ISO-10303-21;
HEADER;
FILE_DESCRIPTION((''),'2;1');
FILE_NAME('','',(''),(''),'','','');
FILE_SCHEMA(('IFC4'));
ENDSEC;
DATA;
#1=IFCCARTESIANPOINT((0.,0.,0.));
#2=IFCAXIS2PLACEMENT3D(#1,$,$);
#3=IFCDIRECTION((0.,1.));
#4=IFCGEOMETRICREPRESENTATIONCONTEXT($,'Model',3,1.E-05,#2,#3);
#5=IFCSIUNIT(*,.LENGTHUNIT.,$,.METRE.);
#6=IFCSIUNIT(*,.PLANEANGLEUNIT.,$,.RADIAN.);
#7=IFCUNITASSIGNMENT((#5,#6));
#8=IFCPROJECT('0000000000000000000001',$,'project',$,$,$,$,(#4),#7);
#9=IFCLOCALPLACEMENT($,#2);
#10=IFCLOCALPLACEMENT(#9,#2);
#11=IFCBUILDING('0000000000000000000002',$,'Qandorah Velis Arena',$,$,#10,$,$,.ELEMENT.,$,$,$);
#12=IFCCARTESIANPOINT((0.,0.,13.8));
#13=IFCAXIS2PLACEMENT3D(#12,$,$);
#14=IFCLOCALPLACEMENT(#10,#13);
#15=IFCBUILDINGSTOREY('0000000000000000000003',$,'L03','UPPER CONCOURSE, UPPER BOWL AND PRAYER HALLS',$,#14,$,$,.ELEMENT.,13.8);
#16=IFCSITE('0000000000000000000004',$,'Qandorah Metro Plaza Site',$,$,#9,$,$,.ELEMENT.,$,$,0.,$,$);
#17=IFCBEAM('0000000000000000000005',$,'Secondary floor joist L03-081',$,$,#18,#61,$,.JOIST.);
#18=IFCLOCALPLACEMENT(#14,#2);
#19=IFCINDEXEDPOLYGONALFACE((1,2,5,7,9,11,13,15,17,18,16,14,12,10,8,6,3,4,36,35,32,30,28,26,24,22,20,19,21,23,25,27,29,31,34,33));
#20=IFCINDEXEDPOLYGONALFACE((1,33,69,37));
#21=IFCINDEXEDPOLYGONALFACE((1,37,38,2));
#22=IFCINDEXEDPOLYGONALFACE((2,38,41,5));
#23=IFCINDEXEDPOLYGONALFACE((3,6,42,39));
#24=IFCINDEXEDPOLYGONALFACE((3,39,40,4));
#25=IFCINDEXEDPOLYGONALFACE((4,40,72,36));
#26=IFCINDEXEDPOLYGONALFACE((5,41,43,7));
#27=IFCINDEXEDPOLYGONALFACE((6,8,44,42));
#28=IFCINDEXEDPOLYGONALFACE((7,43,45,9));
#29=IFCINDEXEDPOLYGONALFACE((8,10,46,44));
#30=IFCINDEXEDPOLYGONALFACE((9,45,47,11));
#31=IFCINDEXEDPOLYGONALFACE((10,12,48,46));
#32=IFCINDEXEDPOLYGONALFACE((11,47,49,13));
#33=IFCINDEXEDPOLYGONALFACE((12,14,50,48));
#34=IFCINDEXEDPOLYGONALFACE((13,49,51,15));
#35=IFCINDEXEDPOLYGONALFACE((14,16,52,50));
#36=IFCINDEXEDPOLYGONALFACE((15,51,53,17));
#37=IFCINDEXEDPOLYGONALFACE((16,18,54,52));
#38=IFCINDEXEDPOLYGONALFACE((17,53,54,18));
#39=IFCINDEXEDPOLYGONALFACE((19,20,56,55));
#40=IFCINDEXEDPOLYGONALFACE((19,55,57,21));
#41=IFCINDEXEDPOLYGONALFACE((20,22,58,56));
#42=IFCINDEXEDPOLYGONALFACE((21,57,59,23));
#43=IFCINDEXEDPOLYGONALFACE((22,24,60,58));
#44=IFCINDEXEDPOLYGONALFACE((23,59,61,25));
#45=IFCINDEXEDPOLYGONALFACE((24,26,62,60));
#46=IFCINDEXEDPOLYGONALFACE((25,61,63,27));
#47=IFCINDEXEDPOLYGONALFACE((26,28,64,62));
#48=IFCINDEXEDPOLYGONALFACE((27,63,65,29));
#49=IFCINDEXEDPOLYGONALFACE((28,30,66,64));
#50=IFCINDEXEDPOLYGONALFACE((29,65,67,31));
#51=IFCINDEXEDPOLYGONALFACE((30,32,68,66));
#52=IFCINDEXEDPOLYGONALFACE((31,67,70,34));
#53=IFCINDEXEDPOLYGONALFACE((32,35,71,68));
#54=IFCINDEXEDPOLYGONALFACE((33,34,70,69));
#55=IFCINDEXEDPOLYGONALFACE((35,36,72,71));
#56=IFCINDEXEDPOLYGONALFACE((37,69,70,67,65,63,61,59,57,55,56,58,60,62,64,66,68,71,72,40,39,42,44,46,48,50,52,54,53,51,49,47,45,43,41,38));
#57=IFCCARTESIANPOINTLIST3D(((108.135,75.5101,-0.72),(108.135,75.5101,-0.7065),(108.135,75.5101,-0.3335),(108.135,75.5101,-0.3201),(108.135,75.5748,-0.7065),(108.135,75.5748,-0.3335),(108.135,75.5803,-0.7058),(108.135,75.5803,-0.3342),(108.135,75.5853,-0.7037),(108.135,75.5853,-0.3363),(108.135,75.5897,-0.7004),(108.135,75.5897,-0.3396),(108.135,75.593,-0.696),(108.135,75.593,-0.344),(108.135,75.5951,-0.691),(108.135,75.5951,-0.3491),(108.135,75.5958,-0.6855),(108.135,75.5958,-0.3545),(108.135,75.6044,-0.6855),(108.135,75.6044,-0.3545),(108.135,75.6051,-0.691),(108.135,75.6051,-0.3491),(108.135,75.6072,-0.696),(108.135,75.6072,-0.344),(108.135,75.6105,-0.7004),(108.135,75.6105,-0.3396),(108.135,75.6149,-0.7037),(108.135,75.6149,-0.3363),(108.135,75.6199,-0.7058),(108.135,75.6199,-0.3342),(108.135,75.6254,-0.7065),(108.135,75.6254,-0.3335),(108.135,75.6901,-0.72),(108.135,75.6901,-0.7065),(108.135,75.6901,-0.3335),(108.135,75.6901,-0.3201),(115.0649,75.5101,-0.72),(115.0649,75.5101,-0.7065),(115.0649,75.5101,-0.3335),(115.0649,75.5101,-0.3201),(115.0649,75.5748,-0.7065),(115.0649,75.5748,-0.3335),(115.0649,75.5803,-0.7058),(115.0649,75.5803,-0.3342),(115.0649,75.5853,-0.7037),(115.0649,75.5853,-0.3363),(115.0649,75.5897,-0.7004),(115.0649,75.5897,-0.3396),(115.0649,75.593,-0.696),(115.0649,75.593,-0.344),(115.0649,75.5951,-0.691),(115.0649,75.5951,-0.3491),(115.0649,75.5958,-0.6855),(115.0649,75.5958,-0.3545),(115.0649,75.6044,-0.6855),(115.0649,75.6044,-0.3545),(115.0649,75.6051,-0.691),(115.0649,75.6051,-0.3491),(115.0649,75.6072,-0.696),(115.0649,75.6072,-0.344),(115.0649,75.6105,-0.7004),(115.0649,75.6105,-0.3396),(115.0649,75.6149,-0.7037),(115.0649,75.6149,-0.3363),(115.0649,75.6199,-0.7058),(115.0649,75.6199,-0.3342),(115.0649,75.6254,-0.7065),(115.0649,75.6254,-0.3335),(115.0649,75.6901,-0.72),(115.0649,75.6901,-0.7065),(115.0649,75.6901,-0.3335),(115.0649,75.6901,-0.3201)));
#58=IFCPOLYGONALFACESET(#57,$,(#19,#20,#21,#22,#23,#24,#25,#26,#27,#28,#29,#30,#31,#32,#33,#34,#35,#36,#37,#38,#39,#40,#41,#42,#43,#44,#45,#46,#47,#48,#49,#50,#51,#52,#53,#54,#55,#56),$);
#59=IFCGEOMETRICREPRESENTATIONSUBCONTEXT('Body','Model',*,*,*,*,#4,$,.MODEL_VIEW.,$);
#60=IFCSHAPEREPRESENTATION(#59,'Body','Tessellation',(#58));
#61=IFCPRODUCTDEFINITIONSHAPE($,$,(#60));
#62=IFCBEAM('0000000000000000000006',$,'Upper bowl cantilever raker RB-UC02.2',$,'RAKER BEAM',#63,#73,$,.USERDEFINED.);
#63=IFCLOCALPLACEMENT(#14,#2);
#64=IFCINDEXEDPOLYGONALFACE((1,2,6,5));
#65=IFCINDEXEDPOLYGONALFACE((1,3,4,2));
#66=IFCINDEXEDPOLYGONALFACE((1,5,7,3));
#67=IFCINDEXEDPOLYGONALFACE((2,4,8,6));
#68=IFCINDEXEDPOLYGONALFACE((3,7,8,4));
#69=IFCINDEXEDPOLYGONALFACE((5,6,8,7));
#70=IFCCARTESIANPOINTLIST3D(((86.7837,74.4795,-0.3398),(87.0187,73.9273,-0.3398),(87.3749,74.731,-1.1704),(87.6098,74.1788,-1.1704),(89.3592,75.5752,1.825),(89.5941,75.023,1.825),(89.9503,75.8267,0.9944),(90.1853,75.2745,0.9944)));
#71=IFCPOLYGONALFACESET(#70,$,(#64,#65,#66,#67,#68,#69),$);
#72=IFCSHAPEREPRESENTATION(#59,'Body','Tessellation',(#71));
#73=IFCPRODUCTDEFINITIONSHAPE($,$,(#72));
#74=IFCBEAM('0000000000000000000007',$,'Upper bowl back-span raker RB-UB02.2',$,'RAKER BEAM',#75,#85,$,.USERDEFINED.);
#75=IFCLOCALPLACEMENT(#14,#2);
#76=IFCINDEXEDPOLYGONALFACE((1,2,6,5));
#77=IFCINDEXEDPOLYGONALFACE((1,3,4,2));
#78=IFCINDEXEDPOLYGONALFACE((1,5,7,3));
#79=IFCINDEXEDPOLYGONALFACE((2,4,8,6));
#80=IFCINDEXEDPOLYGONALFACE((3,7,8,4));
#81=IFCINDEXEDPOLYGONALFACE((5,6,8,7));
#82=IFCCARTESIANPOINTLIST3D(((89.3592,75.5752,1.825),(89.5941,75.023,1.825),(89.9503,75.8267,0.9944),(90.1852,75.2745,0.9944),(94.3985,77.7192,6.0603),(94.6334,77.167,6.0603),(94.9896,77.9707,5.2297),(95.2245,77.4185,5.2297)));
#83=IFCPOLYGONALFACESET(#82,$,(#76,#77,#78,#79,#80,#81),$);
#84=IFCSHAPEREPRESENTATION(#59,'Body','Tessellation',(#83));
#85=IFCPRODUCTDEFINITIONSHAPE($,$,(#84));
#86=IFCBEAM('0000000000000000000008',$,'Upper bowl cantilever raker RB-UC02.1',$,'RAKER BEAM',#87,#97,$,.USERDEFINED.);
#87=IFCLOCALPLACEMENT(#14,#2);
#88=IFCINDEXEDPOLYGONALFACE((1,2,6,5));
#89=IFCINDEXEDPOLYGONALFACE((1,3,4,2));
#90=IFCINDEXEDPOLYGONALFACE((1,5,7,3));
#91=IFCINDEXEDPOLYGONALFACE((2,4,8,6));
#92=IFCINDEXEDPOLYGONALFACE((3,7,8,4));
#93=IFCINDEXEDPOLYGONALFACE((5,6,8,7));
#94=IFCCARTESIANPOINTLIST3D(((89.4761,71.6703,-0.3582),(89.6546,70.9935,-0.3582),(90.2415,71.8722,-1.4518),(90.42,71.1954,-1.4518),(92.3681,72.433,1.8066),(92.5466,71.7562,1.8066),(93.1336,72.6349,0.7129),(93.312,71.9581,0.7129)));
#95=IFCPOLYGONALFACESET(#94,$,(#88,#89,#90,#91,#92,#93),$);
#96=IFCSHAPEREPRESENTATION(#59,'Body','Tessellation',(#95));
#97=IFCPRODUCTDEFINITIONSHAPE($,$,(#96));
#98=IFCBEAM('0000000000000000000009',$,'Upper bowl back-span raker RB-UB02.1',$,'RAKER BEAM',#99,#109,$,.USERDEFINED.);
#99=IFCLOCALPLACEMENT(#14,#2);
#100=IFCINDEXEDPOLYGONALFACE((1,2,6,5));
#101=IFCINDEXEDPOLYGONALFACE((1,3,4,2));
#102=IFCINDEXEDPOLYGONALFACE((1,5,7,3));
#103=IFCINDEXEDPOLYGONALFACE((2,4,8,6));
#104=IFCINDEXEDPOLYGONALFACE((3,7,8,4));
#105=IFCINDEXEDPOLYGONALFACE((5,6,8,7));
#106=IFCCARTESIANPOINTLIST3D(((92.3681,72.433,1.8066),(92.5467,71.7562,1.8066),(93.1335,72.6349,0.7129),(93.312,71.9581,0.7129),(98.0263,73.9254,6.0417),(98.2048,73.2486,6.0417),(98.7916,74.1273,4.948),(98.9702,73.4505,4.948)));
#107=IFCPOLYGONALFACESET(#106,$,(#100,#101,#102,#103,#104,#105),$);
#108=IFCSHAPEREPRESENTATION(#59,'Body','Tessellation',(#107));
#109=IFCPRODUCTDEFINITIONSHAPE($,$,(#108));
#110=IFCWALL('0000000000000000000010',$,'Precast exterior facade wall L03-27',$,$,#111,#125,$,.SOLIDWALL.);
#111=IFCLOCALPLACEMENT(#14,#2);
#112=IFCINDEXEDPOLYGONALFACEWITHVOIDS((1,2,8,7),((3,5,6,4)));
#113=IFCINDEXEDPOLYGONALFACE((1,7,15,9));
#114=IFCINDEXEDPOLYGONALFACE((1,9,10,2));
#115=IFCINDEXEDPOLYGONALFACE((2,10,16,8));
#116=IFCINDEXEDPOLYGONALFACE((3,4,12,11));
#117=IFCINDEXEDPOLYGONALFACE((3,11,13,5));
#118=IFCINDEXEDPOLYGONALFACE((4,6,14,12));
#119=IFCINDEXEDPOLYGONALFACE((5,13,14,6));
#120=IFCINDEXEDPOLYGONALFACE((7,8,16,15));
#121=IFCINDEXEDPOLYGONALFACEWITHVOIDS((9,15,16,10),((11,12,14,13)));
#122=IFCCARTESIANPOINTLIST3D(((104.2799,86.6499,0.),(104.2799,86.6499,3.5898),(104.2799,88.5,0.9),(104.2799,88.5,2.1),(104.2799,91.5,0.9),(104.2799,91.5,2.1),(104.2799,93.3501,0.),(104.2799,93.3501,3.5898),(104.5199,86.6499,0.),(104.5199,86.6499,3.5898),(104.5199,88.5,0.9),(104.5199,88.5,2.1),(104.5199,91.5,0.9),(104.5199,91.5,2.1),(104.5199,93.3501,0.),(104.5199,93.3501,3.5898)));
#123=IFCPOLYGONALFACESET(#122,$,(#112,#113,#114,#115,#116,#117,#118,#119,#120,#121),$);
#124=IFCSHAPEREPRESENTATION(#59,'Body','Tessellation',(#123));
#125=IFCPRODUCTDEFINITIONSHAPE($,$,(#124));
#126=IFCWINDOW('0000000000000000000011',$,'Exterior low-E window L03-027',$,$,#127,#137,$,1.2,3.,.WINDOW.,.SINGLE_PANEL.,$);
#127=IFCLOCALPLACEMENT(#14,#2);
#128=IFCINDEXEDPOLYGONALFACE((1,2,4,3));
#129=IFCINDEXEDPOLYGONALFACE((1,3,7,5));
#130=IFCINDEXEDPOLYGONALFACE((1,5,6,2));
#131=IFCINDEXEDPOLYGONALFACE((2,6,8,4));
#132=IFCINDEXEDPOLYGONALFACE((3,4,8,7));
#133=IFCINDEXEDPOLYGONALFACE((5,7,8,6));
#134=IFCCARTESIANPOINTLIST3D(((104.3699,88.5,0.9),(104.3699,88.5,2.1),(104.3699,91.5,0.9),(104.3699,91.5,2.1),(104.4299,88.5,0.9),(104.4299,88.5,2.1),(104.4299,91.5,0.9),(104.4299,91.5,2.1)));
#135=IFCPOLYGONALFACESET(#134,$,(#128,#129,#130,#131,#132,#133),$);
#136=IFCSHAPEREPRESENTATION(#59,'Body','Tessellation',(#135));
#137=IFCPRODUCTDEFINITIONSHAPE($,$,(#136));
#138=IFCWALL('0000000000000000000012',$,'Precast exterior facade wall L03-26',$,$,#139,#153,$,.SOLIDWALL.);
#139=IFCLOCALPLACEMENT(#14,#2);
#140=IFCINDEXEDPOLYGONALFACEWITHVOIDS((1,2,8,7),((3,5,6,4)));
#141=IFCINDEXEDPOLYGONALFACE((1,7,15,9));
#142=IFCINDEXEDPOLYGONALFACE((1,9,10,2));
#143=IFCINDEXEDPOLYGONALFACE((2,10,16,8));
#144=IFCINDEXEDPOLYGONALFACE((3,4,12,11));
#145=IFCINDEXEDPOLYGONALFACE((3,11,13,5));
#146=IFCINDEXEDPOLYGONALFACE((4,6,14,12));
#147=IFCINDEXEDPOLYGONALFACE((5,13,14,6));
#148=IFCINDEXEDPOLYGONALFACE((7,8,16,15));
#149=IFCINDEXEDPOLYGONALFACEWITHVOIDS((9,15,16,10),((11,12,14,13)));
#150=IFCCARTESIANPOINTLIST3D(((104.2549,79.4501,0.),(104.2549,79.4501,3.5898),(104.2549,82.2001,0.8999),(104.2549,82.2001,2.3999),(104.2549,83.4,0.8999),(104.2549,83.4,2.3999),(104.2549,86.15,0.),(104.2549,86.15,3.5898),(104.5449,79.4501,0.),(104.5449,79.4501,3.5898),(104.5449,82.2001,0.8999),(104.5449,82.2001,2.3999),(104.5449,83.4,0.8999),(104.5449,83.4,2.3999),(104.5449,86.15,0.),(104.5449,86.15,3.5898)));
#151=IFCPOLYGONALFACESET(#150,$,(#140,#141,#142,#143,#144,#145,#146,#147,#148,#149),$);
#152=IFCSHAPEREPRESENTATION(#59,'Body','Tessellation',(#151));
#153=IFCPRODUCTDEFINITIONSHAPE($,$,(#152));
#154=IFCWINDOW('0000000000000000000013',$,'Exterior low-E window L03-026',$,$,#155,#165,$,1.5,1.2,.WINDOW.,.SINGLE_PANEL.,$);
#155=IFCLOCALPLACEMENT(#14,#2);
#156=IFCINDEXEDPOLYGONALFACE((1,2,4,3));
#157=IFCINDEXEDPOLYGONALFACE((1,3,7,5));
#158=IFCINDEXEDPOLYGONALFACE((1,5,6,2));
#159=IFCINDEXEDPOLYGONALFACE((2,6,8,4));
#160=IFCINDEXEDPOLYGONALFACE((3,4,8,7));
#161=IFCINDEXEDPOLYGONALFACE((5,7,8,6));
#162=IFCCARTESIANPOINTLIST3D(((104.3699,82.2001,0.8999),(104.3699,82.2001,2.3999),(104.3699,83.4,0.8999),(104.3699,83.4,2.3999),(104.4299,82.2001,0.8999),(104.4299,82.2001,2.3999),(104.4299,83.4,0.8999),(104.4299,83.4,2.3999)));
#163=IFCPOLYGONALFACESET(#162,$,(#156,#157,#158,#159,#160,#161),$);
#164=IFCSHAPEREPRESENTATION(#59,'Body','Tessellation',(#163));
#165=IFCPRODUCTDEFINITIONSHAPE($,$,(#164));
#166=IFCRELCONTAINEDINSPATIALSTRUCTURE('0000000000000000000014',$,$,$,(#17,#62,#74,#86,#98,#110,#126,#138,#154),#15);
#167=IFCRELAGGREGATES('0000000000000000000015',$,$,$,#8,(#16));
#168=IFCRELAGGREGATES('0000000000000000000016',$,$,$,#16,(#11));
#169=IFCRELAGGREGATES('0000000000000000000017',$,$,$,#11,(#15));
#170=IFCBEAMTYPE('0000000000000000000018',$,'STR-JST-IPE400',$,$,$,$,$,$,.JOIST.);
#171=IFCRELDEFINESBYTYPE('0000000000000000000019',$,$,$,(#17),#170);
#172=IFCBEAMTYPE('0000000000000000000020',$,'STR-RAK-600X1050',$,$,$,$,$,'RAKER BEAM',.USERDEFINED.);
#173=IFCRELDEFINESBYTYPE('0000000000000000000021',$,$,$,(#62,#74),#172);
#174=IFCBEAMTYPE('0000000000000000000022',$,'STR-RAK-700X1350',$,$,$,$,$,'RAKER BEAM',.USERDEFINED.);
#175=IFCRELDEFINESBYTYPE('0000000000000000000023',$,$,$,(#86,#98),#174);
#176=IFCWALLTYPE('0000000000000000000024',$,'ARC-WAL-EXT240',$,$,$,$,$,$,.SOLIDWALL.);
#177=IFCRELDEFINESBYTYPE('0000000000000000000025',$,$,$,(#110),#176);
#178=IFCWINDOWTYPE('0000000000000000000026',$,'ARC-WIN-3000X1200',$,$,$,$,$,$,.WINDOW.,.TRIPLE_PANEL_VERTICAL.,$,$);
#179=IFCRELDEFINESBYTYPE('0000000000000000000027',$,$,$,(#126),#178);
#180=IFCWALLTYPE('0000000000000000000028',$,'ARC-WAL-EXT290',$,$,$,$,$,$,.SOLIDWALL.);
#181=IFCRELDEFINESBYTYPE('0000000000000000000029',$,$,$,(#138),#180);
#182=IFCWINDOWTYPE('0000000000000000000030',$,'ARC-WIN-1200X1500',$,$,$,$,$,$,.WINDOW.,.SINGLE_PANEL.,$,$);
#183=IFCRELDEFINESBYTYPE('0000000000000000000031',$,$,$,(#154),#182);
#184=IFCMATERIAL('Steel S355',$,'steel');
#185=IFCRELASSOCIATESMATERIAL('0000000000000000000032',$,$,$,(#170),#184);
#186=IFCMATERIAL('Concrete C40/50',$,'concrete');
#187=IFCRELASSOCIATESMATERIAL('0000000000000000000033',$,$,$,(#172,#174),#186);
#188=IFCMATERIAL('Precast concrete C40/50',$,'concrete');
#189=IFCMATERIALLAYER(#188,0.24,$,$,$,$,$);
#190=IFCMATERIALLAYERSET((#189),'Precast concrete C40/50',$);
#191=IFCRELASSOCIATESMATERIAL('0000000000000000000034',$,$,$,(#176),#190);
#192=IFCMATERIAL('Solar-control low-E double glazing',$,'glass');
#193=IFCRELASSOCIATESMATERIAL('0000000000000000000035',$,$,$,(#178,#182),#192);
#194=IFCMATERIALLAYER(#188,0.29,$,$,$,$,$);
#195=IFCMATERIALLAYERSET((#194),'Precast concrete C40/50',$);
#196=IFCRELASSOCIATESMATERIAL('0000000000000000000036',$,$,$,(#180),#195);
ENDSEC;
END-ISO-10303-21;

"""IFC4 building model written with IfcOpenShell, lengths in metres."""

from ifc_helpers import new_model, si_unit, direction, frame, frame_2d, origin, origin_2d, place, context, subcontext, project, spatial, rectangle, i_section, extrude, material, layer, layer_set, material_profile, profile_set, type_object, element, fill, save


model = new_model("IFC4")

# Units and contexts
model_context = context("Model", 3, precision=1e-05, world=origin(), true_north=direction((0.0, 1.0)))
body_context = subcontext(model_context, "Body", "Model", "MODEL_VIEW")
ifc_project = project(units=[si_unit("LENGTHUNIT", "METRE"), si_unit("PLANEANGLEUNIT", "RADIAN")], contexts=[model_context])

# Site, building, storey
site_placement = place(None, origin())
site = spatial("IfcSite", under=ifc_project, at=site_placement, Name="Qandorah Metro Plaza Site", CompositionType="ELEMENT", RefElevation=0.0)
building_placement = place(site_placement, origin())
building = spatial("IfcBuilding", under=site, at=building_placement, Name="Qandorah Velis Arena", CompositionType="ELEMENT")
storey_placement = place(building_placement, frame((0.0, 0.0, 13.8)))
storey = spatial("IfcBuildingStorey", under=building, at=storey_placement, Name="L03", Description="UPPER CONCOURSE, UPPER BOWL AND PRAYER HALLS", CompositionType="ELEMENT", Elevation=13.8)

# Shared definitions
ifc_material_1 = material(Name="Concrete C40/50", Category="concrete")

# Beams
ifc_material_2 = material(Name="Steel S355", Category="steel")
ifc_material_profile_1 = material_profile(ifc_material_2, i_section(OverallWidth=0.1799, OverallDepth=0.3999, WebThickness=0.0085, FlangeThickness=0.0134, FilletRadius=0.021, at=origin_2d()), Name="IPE 400")
ifc_profile_set_1 = profile_set([ifc_material_profile_1], Name="Steel S355")
beam_type_1 = type_object("IfcBeamType", Name="STR-JST-IPE400", PredefinedType="JOIST", material=ifc_profile_set_1)
beam_1_placement = place(storey_placement, frame((108.135, 75.6001, -0.52), z_axis=(1.0, 0.0, 0.0), x_axis=(0.0, 1.0, 0.0)))
element("IfcBeam", 1, at=beam_1_placement, inside=storey, type_object=beam_type_1, Name="Secondary floor joist L03-081", PredefinedType="JOIST", context=body_context, shape_type="SweptSolid", body=[
    extrude(i_section(OverallWidth=0.1799, OverallDepth=0.3999, WebThickness=0.0085, FlangeThickness=0.0134, FilletRadius=0.021, at=origin_2d()), origin(), (0.0, 0.0, 1.0), 6.9299),
])
ifc_material_profile_2 = material_profile(ifc_material_1, rectangle(XDim=0.6001, YDim=1.05, at=origin_2d()), Name="RC RAKER 600x1050")
ifc_profile_set_2 = profile_set([ifc_material_profile_2], Name="Concrete C40/50")
beam_type_2 = type_object("IfcBeamType", Name="STR-RAK-600X1050", ElementType="RAKER BEAM", PredefinedType="USERDEFINED", material=ifc_profile_set_2)
beam_2_placement = place(storey_placement, frame((89.7722, 75.4248, 1.4097), z_axis=(-0.727868, -0.309667, -0.611812), x_axis=(0.391486, -0.920184, 0.0)))
element("IfcBeam", 2, at=beam_2_placement, inside=storey, type_object=beam_type_2, Name="Upper bowl cantilever raker RB-UC02.2", ObjectType="RAKER BEAM", PredefinedType="USERDEFINED", context=body_context, shape_type="SweptSolid", body=[
    extrude(rectangle(XDim=0.6001, YDim=1.05, at=origin_2d()), origin(), (0.0, 0.0, 1.0), 3.5383),
])
beam_3_placement = place(storey_placement, frame((89.7722, 75.4248, 1.4097), z_axis=(0.727894, 0.309693, 0.611768), x_axis=(-0.391502, 0.920177, 0.0)))
element("IfcBeam", 3, at=beam_3_placement, inside=storey, type_object=beam_type_2, Name="Upper bowl back-span raker RB-UB02.2", ObjectType="RAKER BEAM", PredefinedType="USERDEFINED", context=body_context, shape_type="SweptSolid", body=[
    extrude(rectangle(XDim=0.6001, YDim=1.05, at=origin_2d()), origin(), (0.0, 0.0, 1.0), 6.9231),
])
ifc_material_profile_3 = material_profile(ifc_material_1, rectangle(XDim=0.7, YDim=1.3501, at=origin_2d()), Name="RC RAKER 700x1350")
ifc_profile_set_3 = profile_set([ifc_material_profile_3], Name="Concrete C40/50")
beam_type_3 = type_object("IfcBeamType", Name="STR-RAK-700X1350", ElementType="RAKER BEAM", PredefinedType="USERDEFINED", material=ifc_profile_set_3)
beam_4_placement = place(storey_placement, frame((92.8401, 72.1956, 1.2598), z_axis=(-0.783301, -0.20657, -0.586318), x_axis=(0.255, -0.966941, 0.0)))
element("IfcBeam", 4, at=beam_4_placement, inside=storey, type_object=beam_type_3, Name="Upper bowl cantilever raker RB-UC02.1", ObjectType="RAKER BEAM", PredefinedType="USERDEFINED", context=body_context, shape_type="SweptSolid", body=[
    extrude(rectangle(XDim=0.7, YDim=1.3501, at=origin_2d()), origin(), (0.0, 0.0, 1.0), 3.6921),
])
beam_5_placement = place(storey_placement, frame((92.8401, 72.1956, 1.2598), z_axis=(0.783306, 0.206608, 0.586297), x_axis=(-0.255042, 0.96693, 0.0)))
element("IfcBeam", 5, at=beam_5_placement, inside=storey, type_object=beam_type_3, Name="Upper bowl back-span raker RB-UB02.1", ObjectType="RAKER BEAM", PredefinedType="USERDEFINED", context=body_context, shape_type="SweptSolid", body=[
    extrude(rectangle(XDim=0.7, YDim=1.3501, at=origin_2d()), origin(), (0.0, 0.0, 1.0), 7.2234),
])

# Walls, openings, windows
ifc_material_3 = material(Name="Precast concrete C40/50", Category="concrete")
ifc_layer_1 = layer(ifc_material_3, 0.24)
ifc_layer_set_1 = layer_set([ifc_layer_1], Name="Precast concrete C40/50")
wall_type_1 = type_object("IfcWallType", Name="ARC-WAL-EXT240", PredefinedType="SOLIDWALL", material=ifc_layer_set_1)
wall_1_placement = place(storey_placement, frame((104.3999, 86.6499, 0.0), z_axis=(0.0, 0.0, 1.0), x_axis=(0.0, 1.0, 0.0)))
wall_1 = element("IfcWall", 6, at=wall_1_placement, inside=storey, type_object=wall_type_1, Name="Precast exterior facade wall L03-27", PredefinedType="SOLIDWALL", context=body_context, shape_type="SweptSolid", body=[
    extrude(rectangle(XDim=6.7002, YDim=0.24, at=frame_2d((3.3501, 0.0))), origin(), (0.0, 0.0, 1.0), 3.5898),
])
opening_1_placement = place(wall_1_placement, frame((1.8501, 0.0, 0.8999)))
opening_1 = element("IfcOpeningElement", 7, at=opening_1_placement, cuts=wall_1, PredefinedType="OPENING", context=body_context, shape_type="SweptSolid", body=[
    extrude(rectangle(XDim=3.0, YDim=1.2, at=frame_2d((1.5, 0.6001))), frame((0.0, 0.1299, 0.0), z_axis=(0.0, -1.0, 0.0), x_axis=(1.0, 0.0, 0.0)), (0.0, 0.0, 1.0), 0.26),
])
ifc_material_4 = material(Name="Solar-control low-E double glazing", Category="glass")
window_type_1 = type_object("IfcWindowType", Name="ARC-WIN-3000X1200", PartitioningType="TRIPLE_PANEL_VERTICAL", PredefinedType="WINDOW", material=ifc_material_4)
window_1_placement = place(opening_1_placement, origin())
window_1 = element("IfcWindow", 8, at=window_1_placement, inside=storey, type_object=window_type_1, Name="Exterior low-E window L03-027", OverallHeight=1.2, OverallWidth=3.0, PartitioningType="SINGLE_PANEL", PredefinedType="WINDOW", context=body_context, shape_type="SweptSolid", body=[
    extrude(rectangle(XDim=3.0, YDim=1.2, at=frame_2d((1.5, 0.6001))), frame((0.0, 0.03, 0.0), z_axis=(0.0, -1.0, 0.0), x_axis=(1.0, 0.0, 0.0)), (0.0, 0.0, 1.0), 0.0601),
])
fill(opening_1, window_1)
ifc_layer_2 = layer(ifc_material_3, 0.29)
ifc_layer_set_2 = layer_set([ifc_layer_2], Name="Precast concrete C40/50")
wall_type_2 = type_object("IfcWallType", Name="ARC-WAL-EXT290", PredefinedType="SOLIDWALL", material=ifc_layer_set_2)
wall_2_placement = place(storey_placement, frame((104.3999, 79.45, 0.0), z_axis=(0.0, 0.0, 1.0), x_axis=(0.0, 1.0, 0.0)))
wall_2 = element("IfcWall", 9, at=wall_2_placement, inside=storey, type_object=wall_type_2, Name="Precast exterior facade wall L03-26", PredefinedType="SOLIDWALL", context=body_context, shape_type="SweptSolid", body=[
    extrude(rectangle(XDim=6.7, YDim=0.29, at=frame_2d((3.3501, 0.0))), origin(), (0.0, 0.0, 1.0), 3.5898),
])
opening_2_placement = place(wall_2_placement, frame((2.75, 0.0, 0.8999)))
opening_2 = element("IfcOpeningElement", 10, at=opening_2_placement, cuts=wall_2, PredefinedType="OPENING", context=body_context, shape_type="SweptSolid", body=[
    extrude(rectangle(XDim=1.2, YDim=1.5, at=frame_2d((0.6001, 0.75))), frame((0.0, 0.155, 0.0), z_axis=(0.0, -1.0, 0.0), x_axis=(1.0, 0.0, 0.0)), (0.0, 0.0, 1.0), 0.3101),
])
window_type_2 = type_object("IfcWindowType", Name="ARC-WIN-1200X1500", PartitioningType="SINGLE_PANEL", PredefinedType="WINDOW", material=ifc_material_4)
window_2_placement = place(opening_2_placement, origin())
window_2 = element("IfcWindow", 11, at=window_2_placement, inside=storey, type_object=window_type_2, Name="Exterior low-E window L03-026", OverallHeight=1.5, OverallWidth=1.2, PartitioningType="SINGLE_PANEL", PredefinedType="WINDOW", context=body_context, shape_type="SweptSolid", body=[
    extrude(rectangle(XDim=1.2, YDim=1.5, at=frame_2d((0.6001, 0.75))), frame((0.0, 0.03, 0.0), z_axis=(0.0, -1.0, 0.0), x_axis=(1.0, 0.0, 0.0)), (0.0, 0.0, 1.0), 0.0601),
])
fill(opening_2, window_2)

save(model, "model.ifc")
